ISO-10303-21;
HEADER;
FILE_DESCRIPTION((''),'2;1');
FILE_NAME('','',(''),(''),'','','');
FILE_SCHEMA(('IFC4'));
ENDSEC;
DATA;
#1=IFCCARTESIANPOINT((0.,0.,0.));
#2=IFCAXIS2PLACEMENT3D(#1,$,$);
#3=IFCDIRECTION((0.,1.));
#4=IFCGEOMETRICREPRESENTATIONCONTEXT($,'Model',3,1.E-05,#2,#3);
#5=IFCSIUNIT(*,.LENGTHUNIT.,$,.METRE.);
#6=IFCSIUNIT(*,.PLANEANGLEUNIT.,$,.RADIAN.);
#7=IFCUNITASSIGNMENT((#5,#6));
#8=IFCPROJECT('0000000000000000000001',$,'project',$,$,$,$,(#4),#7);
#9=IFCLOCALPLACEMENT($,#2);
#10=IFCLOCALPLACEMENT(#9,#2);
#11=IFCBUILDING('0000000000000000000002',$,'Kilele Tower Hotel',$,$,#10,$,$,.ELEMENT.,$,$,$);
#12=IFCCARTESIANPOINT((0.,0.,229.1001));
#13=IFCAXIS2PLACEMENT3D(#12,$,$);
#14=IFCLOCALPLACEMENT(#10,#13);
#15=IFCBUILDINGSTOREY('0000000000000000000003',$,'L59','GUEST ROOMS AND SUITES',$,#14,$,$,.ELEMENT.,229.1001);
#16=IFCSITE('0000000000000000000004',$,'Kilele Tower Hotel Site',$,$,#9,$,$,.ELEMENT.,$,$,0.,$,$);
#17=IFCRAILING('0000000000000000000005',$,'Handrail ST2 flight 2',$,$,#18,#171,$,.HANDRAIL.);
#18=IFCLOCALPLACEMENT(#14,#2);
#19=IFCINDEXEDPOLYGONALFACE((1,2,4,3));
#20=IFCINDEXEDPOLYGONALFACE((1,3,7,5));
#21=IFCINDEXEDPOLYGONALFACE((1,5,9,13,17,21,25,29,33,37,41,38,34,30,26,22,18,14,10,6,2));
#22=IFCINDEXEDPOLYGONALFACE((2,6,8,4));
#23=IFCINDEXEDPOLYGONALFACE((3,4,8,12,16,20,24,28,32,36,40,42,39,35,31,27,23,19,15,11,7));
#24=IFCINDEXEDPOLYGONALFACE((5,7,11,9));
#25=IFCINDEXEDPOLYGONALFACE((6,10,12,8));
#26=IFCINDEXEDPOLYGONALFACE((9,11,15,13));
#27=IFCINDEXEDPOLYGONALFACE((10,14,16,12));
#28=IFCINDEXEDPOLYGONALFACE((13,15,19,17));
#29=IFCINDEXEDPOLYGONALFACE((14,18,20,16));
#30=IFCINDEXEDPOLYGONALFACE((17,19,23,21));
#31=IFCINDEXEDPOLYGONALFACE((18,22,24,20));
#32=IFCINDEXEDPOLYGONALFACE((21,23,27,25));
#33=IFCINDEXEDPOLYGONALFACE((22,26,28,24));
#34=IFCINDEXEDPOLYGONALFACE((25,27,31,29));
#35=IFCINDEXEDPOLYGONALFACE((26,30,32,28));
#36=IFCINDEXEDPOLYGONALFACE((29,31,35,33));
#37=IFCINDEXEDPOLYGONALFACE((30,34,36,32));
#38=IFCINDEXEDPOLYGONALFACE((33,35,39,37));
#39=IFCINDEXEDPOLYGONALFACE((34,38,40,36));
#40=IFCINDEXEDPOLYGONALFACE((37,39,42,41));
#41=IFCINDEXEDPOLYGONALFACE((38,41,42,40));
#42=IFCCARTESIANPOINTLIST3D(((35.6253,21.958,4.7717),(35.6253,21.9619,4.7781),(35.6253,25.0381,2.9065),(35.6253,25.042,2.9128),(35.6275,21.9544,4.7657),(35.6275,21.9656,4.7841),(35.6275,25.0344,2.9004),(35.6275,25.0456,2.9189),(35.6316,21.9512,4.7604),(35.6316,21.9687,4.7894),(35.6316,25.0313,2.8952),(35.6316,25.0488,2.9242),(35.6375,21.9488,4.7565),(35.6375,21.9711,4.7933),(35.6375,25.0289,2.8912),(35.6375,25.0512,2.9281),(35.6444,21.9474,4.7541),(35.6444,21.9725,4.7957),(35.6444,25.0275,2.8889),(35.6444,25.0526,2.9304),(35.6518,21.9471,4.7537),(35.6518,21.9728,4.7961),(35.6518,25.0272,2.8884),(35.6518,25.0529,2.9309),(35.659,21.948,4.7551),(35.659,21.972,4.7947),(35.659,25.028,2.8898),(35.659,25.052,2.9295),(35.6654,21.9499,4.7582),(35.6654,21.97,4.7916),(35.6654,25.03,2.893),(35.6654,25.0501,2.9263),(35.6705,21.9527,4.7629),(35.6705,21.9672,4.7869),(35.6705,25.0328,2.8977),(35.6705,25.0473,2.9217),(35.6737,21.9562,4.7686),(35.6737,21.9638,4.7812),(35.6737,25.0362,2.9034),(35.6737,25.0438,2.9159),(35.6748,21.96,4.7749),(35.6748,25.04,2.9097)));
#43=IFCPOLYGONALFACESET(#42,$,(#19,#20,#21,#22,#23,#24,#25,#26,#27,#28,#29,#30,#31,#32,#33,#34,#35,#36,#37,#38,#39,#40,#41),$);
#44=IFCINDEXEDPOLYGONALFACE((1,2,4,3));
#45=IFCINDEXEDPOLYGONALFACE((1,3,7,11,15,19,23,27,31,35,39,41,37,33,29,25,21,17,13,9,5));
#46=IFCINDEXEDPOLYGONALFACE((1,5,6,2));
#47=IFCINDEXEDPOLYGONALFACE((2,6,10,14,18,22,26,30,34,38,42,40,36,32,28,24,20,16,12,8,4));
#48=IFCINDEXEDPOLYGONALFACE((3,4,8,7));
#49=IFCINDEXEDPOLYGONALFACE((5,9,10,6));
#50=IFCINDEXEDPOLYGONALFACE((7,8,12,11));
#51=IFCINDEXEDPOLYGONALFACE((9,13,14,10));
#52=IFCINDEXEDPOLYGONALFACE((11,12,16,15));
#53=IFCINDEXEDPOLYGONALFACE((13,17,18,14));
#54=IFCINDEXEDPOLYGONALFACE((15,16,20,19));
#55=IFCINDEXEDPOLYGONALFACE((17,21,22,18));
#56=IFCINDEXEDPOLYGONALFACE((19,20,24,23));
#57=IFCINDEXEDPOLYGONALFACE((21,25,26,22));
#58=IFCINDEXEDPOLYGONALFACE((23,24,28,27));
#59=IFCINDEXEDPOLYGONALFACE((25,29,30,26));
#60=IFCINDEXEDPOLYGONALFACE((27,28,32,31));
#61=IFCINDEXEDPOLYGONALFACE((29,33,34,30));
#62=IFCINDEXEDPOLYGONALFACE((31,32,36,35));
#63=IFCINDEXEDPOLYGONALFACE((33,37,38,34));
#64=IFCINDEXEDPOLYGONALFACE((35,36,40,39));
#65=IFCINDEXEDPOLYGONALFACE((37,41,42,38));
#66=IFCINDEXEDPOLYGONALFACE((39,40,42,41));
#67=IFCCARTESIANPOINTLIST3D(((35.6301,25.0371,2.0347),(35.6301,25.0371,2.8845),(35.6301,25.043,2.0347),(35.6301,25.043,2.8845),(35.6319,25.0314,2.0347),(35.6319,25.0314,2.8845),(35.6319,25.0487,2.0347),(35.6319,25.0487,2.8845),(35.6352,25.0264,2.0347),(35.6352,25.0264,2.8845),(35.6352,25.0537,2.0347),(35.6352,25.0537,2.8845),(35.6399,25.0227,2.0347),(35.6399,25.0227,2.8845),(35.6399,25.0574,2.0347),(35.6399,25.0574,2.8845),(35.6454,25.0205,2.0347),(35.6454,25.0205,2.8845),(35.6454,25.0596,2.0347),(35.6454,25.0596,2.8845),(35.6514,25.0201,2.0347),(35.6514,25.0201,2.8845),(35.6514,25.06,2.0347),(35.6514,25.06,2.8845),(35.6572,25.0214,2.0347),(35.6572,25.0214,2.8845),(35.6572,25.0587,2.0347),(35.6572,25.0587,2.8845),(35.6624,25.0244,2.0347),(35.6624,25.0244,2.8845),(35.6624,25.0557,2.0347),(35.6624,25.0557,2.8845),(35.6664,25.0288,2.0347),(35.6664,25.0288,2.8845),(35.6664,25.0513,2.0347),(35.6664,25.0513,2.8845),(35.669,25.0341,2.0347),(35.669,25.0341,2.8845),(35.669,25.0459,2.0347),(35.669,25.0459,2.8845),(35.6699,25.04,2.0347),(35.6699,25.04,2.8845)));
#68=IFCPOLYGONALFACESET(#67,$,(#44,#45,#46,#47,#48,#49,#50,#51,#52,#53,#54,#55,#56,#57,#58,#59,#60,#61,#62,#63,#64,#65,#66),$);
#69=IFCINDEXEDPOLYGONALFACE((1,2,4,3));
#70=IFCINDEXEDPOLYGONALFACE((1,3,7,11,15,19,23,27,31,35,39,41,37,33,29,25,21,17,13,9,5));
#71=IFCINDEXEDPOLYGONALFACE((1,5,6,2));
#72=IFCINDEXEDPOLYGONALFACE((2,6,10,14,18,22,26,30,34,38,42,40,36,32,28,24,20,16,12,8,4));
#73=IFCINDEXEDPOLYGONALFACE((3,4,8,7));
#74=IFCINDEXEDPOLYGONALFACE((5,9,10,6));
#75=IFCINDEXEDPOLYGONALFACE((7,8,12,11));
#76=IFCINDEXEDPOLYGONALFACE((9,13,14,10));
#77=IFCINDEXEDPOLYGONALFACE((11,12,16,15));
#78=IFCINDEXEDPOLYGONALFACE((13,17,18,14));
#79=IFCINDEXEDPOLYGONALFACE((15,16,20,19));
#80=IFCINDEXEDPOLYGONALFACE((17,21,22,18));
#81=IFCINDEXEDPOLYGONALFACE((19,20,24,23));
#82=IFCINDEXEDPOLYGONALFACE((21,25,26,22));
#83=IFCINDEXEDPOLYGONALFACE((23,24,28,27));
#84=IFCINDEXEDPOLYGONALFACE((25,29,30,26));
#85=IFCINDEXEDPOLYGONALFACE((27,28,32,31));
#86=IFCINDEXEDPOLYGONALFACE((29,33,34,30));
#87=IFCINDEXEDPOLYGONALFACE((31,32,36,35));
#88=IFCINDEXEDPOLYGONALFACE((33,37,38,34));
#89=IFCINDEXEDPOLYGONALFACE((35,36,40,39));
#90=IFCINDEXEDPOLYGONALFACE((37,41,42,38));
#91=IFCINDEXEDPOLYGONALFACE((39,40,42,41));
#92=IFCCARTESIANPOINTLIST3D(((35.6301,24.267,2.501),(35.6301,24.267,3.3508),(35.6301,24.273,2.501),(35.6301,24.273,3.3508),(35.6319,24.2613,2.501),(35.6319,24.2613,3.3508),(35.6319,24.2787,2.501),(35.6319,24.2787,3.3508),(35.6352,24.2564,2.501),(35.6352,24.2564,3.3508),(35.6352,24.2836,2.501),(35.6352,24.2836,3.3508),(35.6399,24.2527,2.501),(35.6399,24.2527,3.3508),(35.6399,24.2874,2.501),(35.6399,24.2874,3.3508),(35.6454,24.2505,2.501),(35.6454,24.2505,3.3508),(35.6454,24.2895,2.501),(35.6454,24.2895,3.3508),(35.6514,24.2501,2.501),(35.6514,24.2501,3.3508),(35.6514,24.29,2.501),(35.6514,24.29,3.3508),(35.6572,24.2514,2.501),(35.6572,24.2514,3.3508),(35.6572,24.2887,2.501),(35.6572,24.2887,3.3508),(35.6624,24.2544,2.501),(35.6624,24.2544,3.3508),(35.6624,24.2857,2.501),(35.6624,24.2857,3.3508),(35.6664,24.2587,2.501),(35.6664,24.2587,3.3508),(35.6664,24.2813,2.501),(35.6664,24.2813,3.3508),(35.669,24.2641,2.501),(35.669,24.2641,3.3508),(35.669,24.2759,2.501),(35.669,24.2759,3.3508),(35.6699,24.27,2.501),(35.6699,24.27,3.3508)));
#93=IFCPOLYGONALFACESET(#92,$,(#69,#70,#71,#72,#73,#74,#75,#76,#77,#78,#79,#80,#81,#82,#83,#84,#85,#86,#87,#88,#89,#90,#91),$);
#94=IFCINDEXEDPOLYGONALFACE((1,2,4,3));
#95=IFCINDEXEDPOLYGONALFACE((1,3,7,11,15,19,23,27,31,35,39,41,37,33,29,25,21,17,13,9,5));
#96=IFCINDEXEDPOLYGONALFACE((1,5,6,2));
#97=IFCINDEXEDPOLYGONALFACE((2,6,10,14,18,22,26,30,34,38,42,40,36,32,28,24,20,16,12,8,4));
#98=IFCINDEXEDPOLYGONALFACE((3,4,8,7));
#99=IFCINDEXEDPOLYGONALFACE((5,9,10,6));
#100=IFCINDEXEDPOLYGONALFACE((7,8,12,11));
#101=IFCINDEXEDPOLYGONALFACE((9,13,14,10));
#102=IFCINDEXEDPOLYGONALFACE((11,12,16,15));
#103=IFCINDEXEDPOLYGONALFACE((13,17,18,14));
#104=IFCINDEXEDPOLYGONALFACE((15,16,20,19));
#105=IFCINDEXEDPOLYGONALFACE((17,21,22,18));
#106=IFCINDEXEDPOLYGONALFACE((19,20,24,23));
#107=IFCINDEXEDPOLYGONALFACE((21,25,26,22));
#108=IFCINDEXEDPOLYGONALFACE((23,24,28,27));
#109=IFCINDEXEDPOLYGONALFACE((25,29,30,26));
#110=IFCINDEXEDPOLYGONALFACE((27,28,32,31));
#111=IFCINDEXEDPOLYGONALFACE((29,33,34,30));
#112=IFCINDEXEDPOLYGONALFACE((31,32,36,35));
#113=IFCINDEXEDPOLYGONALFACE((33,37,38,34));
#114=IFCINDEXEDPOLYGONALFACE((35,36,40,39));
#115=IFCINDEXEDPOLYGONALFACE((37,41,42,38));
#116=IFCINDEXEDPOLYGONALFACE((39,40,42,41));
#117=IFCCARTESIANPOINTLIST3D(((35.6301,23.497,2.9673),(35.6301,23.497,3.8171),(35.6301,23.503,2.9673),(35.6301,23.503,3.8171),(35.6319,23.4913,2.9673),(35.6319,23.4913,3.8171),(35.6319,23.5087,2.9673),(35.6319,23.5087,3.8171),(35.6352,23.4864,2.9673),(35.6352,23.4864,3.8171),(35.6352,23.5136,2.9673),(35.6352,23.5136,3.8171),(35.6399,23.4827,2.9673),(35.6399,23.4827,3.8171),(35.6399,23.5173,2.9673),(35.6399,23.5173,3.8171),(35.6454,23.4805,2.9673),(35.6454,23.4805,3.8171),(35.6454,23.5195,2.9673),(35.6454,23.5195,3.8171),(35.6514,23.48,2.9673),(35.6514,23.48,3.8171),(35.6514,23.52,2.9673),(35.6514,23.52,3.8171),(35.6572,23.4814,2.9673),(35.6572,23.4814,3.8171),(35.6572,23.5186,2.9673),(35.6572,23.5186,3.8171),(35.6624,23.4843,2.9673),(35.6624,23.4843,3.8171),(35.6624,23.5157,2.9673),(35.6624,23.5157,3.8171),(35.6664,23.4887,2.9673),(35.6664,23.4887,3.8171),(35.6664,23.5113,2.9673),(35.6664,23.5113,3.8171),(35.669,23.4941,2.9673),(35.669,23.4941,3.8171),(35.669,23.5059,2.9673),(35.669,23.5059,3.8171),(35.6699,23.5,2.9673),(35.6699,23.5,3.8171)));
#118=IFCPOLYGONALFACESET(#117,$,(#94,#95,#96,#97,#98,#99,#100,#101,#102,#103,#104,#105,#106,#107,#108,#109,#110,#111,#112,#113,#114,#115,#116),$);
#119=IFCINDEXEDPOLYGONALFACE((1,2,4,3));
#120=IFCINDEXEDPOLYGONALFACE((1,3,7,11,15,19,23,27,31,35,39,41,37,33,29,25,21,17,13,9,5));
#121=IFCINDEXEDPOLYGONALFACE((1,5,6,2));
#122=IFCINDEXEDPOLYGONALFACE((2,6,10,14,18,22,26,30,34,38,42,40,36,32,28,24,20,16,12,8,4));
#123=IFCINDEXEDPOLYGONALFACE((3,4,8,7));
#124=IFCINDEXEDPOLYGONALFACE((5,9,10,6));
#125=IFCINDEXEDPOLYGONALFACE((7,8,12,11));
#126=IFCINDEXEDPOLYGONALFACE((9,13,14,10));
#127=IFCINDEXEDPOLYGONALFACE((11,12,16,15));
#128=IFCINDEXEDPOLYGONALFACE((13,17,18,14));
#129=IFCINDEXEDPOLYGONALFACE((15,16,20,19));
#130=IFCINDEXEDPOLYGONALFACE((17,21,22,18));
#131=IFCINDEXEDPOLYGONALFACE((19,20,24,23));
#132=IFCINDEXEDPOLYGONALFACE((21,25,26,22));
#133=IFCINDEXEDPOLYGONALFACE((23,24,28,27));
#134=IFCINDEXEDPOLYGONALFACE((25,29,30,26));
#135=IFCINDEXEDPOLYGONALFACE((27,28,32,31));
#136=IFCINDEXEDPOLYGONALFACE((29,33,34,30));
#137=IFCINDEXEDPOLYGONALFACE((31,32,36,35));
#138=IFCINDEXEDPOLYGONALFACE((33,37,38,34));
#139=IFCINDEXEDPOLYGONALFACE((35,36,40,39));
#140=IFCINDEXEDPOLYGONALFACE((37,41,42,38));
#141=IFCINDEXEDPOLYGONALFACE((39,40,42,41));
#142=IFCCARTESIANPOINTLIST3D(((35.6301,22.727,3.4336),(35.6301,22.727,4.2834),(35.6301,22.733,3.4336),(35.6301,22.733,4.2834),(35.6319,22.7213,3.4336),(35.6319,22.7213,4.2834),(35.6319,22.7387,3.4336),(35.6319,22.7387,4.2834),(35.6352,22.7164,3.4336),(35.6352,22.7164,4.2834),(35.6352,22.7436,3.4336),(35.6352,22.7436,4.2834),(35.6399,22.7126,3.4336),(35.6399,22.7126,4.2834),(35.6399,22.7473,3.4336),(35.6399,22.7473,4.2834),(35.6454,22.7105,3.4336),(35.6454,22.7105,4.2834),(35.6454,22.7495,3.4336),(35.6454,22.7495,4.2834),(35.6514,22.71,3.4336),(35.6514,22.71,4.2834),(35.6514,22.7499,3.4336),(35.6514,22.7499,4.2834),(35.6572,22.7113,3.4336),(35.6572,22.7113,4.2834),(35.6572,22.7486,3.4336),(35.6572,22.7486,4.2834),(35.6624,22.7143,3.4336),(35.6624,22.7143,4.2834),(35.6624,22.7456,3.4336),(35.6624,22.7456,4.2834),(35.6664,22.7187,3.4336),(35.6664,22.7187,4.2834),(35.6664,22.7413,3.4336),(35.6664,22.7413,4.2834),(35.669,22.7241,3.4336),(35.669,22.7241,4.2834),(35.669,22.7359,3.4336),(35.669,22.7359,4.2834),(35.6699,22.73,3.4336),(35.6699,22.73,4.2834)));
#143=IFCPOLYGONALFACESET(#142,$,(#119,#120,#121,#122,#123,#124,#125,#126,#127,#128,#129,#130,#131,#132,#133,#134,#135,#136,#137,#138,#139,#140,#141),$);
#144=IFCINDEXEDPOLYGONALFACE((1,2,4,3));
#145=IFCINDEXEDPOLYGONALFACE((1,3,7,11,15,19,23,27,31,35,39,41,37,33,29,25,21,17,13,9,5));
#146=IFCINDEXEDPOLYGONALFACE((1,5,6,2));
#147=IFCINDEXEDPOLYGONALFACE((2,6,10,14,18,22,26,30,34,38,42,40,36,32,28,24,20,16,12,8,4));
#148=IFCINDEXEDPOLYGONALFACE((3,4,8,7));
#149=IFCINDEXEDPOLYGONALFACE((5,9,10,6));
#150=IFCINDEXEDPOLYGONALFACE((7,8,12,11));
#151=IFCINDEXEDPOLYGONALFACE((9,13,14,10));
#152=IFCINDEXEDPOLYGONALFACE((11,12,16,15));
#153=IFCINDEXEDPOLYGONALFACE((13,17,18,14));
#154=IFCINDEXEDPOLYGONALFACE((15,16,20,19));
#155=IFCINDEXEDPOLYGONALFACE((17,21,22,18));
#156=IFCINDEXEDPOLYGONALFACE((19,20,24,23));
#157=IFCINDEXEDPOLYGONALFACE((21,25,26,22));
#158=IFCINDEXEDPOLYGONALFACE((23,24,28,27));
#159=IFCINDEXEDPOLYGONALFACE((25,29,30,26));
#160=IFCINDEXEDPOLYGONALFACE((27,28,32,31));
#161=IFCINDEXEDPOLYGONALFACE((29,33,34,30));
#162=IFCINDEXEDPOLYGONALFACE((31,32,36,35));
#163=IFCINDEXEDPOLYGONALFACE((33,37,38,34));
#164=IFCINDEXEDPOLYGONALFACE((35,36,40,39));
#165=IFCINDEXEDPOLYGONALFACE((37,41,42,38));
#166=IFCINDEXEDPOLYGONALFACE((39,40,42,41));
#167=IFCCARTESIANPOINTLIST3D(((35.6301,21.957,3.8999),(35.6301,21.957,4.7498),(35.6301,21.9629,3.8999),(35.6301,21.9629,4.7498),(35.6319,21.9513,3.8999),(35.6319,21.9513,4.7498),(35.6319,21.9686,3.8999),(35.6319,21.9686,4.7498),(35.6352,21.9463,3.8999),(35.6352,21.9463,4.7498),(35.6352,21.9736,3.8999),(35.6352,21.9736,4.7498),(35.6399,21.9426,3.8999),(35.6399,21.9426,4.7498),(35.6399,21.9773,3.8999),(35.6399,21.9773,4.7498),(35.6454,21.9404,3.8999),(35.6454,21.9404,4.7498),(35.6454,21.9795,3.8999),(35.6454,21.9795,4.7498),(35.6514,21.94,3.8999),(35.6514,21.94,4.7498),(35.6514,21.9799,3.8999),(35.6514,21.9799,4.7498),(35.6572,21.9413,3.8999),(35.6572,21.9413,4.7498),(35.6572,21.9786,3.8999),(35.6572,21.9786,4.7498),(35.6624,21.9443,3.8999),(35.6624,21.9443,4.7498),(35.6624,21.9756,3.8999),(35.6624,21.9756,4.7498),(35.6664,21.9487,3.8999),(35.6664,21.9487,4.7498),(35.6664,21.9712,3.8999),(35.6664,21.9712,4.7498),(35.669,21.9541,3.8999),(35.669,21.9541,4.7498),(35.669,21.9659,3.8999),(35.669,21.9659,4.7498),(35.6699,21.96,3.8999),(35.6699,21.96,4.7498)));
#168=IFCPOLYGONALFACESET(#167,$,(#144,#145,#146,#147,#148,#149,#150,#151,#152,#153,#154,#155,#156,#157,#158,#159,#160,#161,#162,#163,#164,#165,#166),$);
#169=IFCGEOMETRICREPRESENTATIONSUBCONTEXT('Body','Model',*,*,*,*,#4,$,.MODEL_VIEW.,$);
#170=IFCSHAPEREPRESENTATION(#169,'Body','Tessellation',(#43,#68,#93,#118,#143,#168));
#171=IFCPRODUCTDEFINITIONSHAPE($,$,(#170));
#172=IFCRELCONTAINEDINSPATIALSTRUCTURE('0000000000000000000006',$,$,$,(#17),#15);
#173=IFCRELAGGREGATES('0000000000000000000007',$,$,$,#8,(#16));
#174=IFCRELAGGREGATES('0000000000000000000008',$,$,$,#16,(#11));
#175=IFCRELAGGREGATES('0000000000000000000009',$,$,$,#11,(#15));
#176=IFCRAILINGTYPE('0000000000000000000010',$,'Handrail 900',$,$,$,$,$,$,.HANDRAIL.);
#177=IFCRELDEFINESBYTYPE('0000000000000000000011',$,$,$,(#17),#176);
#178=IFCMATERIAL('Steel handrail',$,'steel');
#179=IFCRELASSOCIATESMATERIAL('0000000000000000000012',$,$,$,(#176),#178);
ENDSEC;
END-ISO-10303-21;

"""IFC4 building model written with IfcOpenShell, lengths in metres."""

from ifc_helpers import new_model, si_unit, direction, frame, origin, origin_2d, place, context, subcontext, project, spatial, circle, extrude, material, type_object, element, save


model = new_model("IFC4")

# Units and contexts
model_context = context("Model", 3, precision=1e-05, world=origin(), true_north=direction((0.0, 1.0)))
body_context = subcontext(model_context, "Body", "Model", "MODEL_VIEW")
ifc_project = project(units=[si_unit("LENGTHUNIT", "METRE"), si_unit("PLANEANGLEUNIT", "RADIAN")], contexts=[model_context])

# Site, building, storey
site_placement = place(None, origin())
site = spatial("IfcSite", under=ifc_project, at=site_placement, Name="Kilele Tower Hotel Site", CompositionType="ELEMENT", RefElevation=0.0)
building_placement = place(site_placement, origin())
building = spatial("IfcBuilding", under=site, at=building_placement, Name="Kilele Tower Hotel", CompositionType="ELEMENT")
storey_placement = place(building_placement, frame((0.0, 0.0, 229.1001)))
storey = spatial("IfcBuildingStorey", under=building, at=storey_placement, Name="L59", Description="GUEST ROOMS AND SUITES", CompositionType="ELEMENT", Elevation=229.1001)

# Railing
ifc_material_1 = material(Name="Steel handrail", Category="steel")
railing_type_1 = type_object("IfcRailingType", Name="Handrail 900", PredefinedType="HANDRAIL", material=ifc_material_1)
for number, where, name in (
    (1, (35.6499, 25.04, 2.0347), "Handrail ST2 flight 2"),
):
    element("IfcRailing", number, at=place(storey_placement, frame(where)), inside=storey, type_object=railing_type_1, Name=name, PredefinedType="HANDRAIL", context=body_context, shape_type="SweptSolid", body=[
        extrude(circle(Radius=0.0249, at=origin_2d()), frame((0.0, 0.0, 0.875), z_axis=(0.0, -0.85538, 0.518001), x_axis=(1.0, 0.0, 0.0)), (0.0, 0.0, 1.0), 3.6008),
        extrude(circle(Radius=0.02, at=origin_2d()), origin(), (0.0, 0.0, 1.0), 0.8499),
        extrude(circle(Radius=0.02, at=origin_2d()), frame((0.0, -0.77, 0.4663)), (0.0, 0.0, 1.0), 0.8499),
        extrude(circle(Radius=0.02, at=origin_2d()), frame((0.0, -1.54, 0.9326)), (0.0, 0.0, 1.0), 0.8499),
        extrude(circle(Radius=0.02, at=origin_2d()), frame((0.0, -2.3101, 1.3989)), (0.0, 0.0, 1.0), 0.8499),
        extrude(circle(Radius=0.02, at=origin_2d()), frame((0.0, -3.0801, 1.8652)), (0.0, 0.0, 1.0), 0.8499),
    ])

save(model, "model.ifc")
